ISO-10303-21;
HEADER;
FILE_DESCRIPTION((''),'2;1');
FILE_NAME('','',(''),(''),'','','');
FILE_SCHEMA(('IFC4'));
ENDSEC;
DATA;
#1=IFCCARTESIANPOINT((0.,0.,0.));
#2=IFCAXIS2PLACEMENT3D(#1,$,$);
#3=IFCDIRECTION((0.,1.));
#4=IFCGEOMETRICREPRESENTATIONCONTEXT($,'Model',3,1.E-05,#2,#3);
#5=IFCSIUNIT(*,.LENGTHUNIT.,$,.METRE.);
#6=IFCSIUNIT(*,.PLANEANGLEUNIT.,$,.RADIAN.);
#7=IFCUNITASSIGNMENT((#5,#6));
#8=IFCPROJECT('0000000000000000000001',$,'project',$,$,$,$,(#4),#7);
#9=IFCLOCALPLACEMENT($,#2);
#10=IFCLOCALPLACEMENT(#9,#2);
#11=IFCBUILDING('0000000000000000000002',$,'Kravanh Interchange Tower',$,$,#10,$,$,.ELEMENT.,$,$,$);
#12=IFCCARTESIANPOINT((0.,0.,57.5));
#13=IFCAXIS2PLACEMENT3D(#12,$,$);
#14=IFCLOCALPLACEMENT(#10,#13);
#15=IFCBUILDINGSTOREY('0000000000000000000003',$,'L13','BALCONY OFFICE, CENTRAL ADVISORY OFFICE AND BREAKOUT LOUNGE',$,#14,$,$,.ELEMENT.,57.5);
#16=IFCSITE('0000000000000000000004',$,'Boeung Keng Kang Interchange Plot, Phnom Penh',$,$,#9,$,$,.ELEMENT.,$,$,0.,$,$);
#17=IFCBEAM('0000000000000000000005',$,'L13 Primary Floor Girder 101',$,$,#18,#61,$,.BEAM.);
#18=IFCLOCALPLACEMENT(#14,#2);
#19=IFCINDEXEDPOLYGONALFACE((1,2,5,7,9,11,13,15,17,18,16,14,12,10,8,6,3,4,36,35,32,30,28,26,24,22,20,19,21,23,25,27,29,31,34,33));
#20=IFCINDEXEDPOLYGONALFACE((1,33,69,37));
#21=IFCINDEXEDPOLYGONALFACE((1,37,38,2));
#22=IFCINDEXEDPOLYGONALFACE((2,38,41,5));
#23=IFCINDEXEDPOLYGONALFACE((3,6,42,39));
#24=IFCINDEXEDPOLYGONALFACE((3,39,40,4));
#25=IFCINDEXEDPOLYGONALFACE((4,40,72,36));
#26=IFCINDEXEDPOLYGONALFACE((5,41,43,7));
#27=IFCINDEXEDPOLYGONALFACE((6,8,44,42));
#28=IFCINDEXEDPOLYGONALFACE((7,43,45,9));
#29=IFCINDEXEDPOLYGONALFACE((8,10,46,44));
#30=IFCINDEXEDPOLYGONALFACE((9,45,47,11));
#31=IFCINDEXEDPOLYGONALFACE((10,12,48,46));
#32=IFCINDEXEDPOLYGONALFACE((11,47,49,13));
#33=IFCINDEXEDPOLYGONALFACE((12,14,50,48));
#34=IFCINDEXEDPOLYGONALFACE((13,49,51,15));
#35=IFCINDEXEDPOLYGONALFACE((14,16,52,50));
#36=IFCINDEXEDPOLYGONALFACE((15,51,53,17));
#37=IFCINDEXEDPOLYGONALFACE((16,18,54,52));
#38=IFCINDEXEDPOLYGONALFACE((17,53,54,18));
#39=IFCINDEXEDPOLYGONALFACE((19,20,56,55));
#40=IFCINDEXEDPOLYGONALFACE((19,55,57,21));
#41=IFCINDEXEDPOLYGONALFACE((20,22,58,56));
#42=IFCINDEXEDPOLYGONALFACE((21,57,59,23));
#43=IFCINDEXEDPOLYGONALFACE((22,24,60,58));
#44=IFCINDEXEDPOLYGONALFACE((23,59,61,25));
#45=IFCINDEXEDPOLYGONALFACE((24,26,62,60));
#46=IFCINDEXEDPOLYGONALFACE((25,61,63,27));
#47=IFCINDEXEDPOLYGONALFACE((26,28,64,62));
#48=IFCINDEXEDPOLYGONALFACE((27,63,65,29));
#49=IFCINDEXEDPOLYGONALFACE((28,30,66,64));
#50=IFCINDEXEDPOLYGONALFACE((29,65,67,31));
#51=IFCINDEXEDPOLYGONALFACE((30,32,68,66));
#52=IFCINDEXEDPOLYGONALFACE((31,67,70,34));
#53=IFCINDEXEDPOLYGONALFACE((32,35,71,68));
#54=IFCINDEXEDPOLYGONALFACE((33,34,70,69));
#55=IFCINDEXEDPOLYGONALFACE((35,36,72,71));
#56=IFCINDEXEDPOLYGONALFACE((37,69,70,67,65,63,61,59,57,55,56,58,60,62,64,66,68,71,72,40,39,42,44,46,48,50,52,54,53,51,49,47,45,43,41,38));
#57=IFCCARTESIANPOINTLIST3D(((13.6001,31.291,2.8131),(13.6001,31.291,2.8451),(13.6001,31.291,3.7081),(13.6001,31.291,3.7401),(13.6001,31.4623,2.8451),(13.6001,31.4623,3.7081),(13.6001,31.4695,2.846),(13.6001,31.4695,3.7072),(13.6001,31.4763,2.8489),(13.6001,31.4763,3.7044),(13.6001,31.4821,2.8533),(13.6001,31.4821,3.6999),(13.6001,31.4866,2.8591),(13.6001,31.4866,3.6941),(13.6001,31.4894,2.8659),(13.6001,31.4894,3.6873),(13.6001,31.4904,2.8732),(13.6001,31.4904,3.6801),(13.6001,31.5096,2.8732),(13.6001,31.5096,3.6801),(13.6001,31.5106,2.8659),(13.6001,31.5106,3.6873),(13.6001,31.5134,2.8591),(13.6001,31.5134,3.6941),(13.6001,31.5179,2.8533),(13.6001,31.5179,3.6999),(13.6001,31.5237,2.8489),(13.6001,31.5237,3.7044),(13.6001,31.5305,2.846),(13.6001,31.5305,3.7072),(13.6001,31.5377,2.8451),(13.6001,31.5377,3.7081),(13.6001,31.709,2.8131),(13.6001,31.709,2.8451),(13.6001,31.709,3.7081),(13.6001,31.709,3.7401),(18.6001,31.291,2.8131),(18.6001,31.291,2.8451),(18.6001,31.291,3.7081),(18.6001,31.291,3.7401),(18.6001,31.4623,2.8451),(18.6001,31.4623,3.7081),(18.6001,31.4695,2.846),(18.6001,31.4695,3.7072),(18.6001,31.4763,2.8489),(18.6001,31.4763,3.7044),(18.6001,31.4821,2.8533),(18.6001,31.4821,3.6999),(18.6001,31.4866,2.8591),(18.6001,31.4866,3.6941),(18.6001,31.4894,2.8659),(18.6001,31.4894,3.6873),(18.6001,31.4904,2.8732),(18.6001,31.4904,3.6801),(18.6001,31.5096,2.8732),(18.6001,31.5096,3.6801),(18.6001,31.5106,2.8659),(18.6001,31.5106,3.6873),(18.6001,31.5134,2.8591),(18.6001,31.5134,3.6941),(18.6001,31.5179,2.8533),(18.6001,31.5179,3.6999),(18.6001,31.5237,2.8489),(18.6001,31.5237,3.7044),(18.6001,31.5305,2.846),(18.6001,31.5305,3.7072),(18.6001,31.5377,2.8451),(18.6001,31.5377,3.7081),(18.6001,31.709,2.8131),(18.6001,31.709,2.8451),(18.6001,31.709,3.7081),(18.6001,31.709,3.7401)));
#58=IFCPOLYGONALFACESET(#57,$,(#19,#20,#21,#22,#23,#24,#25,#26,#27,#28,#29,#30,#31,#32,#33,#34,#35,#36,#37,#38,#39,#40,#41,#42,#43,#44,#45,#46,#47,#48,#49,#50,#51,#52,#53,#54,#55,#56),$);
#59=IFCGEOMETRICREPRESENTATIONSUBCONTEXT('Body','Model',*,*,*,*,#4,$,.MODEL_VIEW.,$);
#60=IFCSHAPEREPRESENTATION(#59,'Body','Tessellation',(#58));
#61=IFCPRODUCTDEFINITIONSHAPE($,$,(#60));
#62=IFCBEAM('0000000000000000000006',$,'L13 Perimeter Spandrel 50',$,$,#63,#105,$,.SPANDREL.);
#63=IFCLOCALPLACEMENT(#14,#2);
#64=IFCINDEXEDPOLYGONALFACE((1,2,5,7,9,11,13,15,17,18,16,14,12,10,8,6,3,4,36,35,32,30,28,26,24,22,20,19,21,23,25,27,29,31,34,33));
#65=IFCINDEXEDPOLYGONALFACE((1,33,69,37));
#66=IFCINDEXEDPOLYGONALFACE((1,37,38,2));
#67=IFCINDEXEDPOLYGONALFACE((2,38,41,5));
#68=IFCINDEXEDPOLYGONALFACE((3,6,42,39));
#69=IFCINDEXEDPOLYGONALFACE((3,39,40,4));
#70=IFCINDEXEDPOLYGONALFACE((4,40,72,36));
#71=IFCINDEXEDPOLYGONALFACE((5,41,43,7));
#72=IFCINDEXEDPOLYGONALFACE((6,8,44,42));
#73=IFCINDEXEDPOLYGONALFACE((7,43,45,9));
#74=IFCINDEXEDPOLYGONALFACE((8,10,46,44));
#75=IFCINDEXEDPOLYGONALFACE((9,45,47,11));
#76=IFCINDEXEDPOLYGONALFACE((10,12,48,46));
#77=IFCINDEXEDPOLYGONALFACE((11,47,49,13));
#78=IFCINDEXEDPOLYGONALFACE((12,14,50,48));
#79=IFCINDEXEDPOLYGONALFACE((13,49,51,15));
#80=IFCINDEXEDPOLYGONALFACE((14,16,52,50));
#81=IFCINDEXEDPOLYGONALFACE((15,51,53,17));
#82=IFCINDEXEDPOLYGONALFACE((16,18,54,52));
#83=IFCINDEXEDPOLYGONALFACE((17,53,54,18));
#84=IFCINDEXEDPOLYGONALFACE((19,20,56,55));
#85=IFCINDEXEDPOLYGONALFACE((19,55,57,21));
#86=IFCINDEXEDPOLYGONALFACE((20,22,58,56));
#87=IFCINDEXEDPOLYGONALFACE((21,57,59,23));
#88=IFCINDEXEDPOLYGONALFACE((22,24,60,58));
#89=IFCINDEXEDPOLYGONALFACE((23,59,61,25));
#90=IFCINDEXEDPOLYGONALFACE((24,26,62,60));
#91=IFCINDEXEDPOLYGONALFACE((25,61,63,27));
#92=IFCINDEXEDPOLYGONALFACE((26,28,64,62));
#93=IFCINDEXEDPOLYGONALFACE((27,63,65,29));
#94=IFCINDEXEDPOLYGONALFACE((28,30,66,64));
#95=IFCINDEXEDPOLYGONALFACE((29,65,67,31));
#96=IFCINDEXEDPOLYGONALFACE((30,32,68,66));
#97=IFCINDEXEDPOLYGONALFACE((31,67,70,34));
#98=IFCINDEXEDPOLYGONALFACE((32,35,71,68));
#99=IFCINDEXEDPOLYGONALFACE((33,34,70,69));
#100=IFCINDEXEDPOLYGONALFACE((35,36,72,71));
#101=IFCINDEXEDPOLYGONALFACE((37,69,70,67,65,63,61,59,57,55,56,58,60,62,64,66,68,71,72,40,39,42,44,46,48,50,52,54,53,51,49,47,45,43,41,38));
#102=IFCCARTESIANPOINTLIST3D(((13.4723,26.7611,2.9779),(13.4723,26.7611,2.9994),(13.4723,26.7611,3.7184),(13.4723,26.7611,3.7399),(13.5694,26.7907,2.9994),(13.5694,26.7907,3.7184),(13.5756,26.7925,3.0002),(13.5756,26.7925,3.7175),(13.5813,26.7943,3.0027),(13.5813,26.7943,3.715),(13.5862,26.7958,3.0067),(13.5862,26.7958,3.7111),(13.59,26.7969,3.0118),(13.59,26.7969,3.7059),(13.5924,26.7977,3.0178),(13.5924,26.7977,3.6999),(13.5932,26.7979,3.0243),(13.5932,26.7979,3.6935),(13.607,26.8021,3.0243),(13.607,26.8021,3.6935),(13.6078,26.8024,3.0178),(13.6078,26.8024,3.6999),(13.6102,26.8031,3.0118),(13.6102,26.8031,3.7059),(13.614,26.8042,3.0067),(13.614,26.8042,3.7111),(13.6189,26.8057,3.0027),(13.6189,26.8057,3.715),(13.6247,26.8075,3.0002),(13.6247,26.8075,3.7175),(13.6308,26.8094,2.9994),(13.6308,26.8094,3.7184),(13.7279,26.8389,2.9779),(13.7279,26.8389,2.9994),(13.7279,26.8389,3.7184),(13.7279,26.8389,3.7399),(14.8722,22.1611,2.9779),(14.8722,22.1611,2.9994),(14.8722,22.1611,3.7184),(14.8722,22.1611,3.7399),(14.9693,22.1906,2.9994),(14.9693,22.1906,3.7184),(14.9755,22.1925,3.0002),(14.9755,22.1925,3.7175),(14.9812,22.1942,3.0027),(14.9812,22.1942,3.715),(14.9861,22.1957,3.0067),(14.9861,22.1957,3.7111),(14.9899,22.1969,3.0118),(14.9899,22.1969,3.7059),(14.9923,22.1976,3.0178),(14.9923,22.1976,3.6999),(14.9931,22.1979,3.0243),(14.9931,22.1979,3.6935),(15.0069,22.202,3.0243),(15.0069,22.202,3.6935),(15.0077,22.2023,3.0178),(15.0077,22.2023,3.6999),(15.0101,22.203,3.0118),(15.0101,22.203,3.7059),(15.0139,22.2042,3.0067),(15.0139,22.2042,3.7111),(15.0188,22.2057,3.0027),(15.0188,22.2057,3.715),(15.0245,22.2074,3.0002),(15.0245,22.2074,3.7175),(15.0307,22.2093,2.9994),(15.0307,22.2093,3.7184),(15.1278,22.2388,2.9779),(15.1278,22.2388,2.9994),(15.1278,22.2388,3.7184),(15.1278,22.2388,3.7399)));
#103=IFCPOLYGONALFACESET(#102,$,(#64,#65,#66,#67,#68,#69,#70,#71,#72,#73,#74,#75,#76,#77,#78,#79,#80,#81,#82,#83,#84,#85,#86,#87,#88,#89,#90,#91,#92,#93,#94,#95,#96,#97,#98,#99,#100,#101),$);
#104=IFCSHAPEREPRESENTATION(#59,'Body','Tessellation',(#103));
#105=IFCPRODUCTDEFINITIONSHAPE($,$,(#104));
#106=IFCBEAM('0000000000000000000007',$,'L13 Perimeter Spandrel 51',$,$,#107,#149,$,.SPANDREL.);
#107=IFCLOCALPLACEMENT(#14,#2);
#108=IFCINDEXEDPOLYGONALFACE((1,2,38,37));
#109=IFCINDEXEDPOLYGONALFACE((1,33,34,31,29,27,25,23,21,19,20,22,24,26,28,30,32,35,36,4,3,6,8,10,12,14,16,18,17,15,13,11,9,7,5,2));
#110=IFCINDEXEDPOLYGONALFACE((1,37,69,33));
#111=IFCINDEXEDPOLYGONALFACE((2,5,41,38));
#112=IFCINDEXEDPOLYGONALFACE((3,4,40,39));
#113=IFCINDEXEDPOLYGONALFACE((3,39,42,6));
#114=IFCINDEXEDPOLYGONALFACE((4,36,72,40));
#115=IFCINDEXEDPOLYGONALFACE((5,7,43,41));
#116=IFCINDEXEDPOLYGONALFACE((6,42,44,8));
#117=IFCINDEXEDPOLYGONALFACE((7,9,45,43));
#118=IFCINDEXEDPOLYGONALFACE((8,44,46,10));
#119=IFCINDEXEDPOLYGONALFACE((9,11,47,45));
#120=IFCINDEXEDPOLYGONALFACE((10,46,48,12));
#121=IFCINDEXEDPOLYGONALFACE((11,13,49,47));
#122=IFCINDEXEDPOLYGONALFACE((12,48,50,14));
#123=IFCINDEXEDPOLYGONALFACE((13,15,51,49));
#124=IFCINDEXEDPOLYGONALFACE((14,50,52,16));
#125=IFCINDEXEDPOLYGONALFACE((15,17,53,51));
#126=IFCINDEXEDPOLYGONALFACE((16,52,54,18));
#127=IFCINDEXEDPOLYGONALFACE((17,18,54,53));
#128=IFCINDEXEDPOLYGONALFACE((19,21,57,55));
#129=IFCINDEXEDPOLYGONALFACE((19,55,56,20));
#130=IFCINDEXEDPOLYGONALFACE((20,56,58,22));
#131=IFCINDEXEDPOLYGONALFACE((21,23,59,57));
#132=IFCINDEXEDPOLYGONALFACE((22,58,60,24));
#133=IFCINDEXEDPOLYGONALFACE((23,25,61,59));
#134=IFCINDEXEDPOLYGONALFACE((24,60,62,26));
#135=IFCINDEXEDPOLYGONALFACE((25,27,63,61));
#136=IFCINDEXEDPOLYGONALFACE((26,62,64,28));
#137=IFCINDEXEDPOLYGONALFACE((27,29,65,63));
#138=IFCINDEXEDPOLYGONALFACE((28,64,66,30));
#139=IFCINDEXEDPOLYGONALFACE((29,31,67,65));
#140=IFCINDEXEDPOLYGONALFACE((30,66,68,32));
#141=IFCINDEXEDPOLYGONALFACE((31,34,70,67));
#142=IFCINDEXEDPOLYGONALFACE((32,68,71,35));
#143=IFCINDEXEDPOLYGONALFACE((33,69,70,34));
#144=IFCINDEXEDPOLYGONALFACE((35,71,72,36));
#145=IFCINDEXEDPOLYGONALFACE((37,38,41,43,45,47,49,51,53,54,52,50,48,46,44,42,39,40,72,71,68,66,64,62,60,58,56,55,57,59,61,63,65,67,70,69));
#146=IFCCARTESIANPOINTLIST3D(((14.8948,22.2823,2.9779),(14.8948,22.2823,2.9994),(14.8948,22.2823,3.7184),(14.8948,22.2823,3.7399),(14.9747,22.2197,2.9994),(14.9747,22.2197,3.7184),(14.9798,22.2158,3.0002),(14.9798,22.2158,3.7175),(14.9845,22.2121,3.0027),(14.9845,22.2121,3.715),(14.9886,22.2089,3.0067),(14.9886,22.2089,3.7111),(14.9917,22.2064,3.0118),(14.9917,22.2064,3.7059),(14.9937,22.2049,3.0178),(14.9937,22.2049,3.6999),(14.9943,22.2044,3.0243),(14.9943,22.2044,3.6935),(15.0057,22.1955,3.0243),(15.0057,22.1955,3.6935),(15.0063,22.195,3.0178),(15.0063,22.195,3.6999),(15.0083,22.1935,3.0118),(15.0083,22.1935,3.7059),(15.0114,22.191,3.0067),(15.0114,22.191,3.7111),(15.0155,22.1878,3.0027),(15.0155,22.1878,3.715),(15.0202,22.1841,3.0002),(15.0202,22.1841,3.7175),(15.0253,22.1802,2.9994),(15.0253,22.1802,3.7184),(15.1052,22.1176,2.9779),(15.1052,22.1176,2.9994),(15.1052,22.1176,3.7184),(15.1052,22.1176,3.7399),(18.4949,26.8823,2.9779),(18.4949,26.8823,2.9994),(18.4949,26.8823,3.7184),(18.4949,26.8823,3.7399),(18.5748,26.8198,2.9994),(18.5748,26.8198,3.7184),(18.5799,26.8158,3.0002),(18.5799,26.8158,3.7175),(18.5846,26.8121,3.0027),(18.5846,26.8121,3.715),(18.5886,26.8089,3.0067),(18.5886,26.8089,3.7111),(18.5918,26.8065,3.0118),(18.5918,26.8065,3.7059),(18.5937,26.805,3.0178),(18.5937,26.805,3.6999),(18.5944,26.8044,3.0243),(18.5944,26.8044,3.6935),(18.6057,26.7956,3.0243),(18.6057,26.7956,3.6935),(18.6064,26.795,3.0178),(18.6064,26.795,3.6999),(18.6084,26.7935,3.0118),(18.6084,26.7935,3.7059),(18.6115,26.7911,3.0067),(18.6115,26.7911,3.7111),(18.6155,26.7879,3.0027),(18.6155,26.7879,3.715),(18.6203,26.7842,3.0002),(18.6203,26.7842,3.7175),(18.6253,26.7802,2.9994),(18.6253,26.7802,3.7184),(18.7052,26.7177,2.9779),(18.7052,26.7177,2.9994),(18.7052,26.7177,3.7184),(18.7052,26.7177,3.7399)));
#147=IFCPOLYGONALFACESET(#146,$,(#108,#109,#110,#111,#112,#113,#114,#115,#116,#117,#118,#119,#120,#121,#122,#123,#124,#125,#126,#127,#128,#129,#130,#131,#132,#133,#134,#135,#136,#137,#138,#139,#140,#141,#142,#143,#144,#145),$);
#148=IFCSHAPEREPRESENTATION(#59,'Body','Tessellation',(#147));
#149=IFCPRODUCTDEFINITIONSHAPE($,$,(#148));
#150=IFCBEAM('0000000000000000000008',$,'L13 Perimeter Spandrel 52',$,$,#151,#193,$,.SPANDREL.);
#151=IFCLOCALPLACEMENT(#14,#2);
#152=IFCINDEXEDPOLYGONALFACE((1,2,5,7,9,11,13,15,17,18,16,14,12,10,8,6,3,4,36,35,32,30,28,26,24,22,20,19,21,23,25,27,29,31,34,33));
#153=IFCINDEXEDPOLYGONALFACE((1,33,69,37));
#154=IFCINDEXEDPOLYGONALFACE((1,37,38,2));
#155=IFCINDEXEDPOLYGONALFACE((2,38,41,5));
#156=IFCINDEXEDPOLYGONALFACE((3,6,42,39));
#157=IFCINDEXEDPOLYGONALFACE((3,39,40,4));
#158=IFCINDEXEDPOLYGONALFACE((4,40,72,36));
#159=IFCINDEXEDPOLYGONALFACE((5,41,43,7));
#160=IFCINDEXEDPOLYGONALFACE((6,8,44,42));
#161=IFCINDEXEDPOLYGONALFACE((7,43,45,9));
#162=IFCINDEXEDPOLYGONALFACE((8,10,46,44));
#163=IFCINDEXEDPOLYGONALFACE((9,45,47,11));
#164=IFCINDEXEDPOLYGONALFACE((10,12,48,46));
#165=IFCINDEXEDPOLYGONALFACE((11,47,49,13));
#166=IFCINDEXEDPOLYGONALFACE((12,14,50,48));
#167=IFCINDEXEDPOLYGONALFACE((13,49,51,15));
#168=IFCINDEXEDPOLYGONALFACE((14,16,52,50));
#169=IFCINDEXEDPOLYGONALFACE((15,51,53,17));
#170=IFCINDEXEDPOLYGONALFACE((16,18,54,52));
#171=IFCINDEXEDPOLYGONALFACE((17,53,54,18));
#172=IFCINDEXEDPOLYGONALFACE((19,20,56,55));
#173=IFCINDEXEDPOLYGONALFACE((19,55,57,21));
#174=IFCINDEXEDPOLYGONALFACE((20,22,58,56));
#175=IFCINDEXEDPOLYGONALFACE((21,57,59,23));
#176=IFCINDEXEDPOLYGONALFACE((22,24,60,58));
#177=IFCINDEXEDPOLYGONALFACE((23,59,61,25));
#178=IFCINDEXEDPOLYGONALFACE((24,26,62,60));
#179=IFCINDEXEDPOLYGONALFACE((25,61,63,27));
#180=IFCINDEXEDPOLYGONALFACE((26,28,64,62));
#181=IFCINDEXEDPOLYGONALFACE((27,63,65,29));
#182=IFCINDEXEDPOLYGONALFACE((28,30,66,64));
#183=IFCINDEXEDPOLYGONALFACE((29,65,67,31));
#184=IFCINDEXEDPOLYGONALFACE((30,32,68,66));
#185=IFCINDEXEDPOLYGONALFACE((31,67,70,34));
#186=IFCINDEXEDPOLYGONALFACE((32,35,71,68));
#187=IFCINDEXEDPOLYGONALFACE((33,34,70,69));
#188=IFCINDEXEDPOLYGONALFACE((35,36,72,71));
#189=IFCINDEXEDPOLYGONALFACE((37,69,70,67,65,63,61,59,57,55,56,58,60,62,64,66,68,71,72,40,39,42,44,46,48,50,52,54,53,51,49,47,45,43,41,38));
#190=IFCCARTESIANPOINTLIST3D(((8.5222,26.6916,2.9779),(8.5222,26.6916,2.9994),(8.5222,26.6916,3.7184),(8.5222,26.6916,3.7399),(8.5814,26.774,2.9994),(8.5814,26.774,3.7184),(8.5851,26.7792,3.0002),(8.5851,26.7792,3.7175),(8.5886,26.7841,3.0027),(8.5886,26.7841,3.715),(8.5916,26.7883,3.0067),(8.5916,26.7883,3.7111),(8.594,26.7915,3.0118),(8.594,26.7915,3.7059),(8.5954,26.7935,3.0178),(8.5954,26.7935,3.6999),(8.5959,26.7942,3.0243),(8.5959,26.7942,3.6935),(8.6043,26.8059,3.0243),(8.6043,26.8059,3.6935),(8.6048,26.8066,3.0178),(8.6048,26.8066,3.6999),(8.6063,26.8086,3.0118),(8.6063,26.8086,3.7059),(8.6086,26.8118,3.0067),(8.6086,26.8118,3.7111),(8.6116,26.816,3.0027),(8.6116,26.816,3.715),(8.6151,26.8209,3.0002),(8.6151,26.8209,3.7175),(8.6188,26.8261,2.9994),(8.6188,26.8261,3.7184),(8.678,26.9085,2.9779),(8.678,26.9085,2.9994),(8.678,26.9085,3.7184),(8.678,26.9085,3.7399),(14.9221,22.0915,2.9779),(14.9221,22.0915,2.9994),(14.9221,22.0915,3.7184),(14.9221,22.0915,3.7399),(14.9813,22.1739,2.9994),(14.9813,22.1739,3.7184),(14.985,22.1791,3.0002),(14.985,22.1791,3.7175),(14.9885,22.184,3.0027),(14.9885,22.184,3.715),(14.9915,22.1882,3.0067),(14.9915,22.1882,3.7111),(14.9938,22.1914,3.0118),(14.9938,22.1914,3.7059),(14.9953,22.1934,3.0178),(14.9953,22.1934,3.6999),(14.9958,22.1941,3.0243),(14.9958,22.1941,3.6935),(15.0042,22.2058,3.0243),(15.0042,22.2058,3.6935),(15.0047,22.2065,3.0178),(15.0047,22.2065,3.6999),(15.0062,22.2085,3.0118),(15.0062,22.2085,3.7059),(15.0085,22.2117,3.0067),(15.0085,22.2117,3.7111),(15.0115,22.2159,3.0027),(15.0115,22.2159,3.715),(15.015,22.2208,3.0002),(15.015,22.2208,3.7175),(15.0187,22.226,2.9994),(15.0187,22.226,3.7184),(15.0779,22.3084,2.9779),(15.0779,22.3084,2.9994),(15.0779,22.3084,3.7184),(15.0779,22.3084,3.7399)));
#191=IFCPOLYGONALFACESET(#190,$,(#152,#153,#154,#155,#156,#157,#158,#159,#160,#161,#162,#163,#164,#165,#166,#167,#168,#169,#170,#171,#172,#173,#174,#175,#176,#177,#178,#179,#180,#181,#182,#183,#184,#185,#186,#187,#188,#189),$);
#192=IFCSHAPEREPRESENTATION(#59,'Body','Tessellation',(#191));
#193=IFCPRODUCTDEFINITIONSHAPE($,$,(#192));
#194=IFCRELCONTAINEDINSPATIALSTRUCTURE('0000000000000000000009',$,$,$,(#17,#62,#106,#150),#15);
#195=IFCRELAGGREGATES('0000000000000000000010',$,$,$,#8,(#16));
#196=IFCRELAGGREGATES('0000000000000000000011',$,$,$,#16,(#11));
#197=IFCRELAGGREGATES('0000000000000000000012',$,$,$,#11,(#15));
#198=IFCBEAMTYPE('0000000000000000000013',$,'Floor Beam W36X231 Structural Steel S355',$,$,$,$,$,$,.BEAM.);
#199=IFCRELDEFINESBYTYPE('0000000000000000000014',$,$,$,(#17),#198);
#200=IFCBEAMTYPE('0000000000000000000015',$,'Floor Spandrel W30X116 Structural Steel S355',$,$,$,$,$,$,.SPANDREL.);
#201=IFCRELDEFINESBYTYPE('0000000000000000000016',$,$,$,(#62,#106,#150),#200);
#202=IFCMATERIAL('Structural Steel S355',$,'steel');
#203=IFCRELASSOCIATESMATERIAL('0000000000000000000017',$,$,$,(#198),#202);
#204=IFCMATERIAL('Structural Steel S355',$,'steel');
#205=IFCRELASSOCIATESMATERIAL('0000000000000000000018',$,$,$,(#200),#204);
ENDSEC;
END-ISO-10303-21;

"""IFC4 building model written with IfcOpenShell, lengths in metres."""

from ifc_helpers import new_model, si_unit, direction, frame, origin, origin_2d, place, context, subcontext, project, spatial, i_section, extrude, material, material_profile, profile_set, type_object, element, save


model = new_model("IFC4")

# Units and contexts
model_context = context("Model", 3, precision=1e-05, world=origin(), true_north=direction((0.0, 1.0)))
body_context = subcontext(model_context, "Body", "Model", "MODEL_VIEW")
ifc_project = project(units=[si_unit("LENGTHUNIT", "METRE"), si_unit("PLANEANGLEUNIT", "RADIAN")], contexts=[model_context])

# Site, building, storey
site_placement = place(None, origin())
site = spatial("IfcSite", under=ifc_project, at=site_placement, Name="Boeung Keng Kang Interchange Plot, Phnom Penh", CompositionType="ELEMENT", RefElevation=0.0)
building_placement = place(site_placement, origin())
building = spatial("IfcBuilding", under=site, at=building_placement, Name="Kravanh Interchange Tower", CompositionType="ELEMENT")
storey_placement = place(building_placement, frame((0.0, 0.0, 57.5)))
storey = spatial("IfcBuildingStorey", under=building, at=storey_placement, Name="L13", Description="BALCONY OFFICE, CENTRAL ADVISORY OFFICE AND BREAKOUT LOUNGE", CompositionType="ELEMENT", Elevation=57.5)

# Beams
ifc_material_1 = material(Name="Structural Steel S355", Category="steel")
ifc_material_profile_1 = material_profile(ifc_material_1, i_section(OverallWidth=0.418, OverallDepth=0.927, WebThickness=0.0193, FlangeThickness=0.032, FilletRadius=0.0281, at=origin_2d()), Name="W36X231")
ifc_profile_set_1 = profile_set([ifc_material_profile_1], Name="Structural Steel S355")
beam_type_1 = type_object("IfcBeamType", Name="Floor Beam W36X231 Structural Steel S355", PredefinedType="BEAM", material=ifc_profile_set_1)
for number, where, z_axis, x_axis, name in (
    (1, (13.6001, 31.5, 3.2766), (1.0, 0.0, 0.0), (0.0, 1.0, 0.0), "L13 Primary Floor Girder 101"),
):
    element("IfcBeam", number, at=place(storey_placement, frame(where, z_axis=z_axis, x_axis=x_axis)), inside=storey, type_object=beam_type_1, Name=name, PredefinedType="BEAM", context=body_context, shape_type="SweptSolid", body=[
        extrude(i_section(OverallWidth=0.418, OverallDepth=0.927, WebThickness=0.0193, FlangeThickness=0.032, FilletRadius=0.0281, at=origin_2d()), origin(), (0.0, 0.0, 1.0), 5.0),
    ])
ifc_material_2 = material(Name="Structural Steel S355", Category="steel")
ifc_material_profile_2 = material_profile(ifc_material_2, i_section(OverallWidth=0.2671, OverallDepth=0.762, WebThickness=0.0144, FlangeThickness=0.0215, FilletRadius=0.0249, at=origin_2d()), Name="W30X116")
ifc_profile_set_2 = profile_set([ifc_material_profile_2], Name="Structural Steel S355")
beam_type_2 = type_object("IfcBeamType", Name="Floor Spandrel W30X116 Structural Steel S355", PredefinedType="SPANDREL", material=ifc_profile_set_2)
beam_1_placement = place(storey_placement, frame((15.0, 22.2, 3.3589), z_axis=(-0.291137, 0.956681, 0.0), x_axis=(-0.956681, -0.291137, 0.0)))
element("IfcBeam", 2, at=beam_1_placement, inside=storey, type_object=beam_type_2, Name="L13 Perimeter Spandrel 50", PredefinedType="SPANDREL", context=body_context, shape_type="SweptSolid", body=[
    extrude(i_section(OverallWidth=0.2671, OverallDepth=0.762, WebThickness=0.0144, FlangeThickness=0.0215, FilletRadius=0.0249, at=origin_2d()), origin(), (0.0, 0.0, 1.0), 4.8083),
])
beam_2_placement = place(storey_placement, frame((15.0, 22.2, 3.3589), z_axis=(0.616311, 0.787503, 0.0), x_axis=(-0.787503, 0.616311, 0.0)))
element("IfcBeam", 3, at=beam_2_placement, inside=storey, type_object=beam_type_2, Name="L13 Perimeter Spandrel 51", PredefinedType="SPANDREL", context=body_context, shape_type="SweptSolid", body=[
    extrude(i_section(OverallWidth=0.2671, OverallDepth=0.762, WebThickness=0.0144, FlangeThickness=0.0215, FilletRadius=0.0249, at=origin_2d()), origin(), (0.0, 0.0, 1.0), 5.8413),
])
beam_3_placement = place(storey_placement, frame((15.0, 22.2, 3.3589), z_axis=(-0.812005, 0.58365, 0.0), x_axis=(-0.58365, -0.812005, 0.0)))
element("IfcBeam", 4, at=beam_3_placement, inside=storey, type_object=beam_type_2, Name="L13 Perimeter Spandrel 52", PredefinedType="SPANDREL", context=body_context, shape_type="SweptSolid", body=[
    extrude(i_section(OverallWidth=0.2671, OverallDepth=0.762, WebThickness=0.0144, FlangeThickness=0.0215, FilletRadius=0.0249, at=origin_2d()), origin(), (0.0, 0.0, 1.0), 7.8816),
])

save(model, "model.ifc")
